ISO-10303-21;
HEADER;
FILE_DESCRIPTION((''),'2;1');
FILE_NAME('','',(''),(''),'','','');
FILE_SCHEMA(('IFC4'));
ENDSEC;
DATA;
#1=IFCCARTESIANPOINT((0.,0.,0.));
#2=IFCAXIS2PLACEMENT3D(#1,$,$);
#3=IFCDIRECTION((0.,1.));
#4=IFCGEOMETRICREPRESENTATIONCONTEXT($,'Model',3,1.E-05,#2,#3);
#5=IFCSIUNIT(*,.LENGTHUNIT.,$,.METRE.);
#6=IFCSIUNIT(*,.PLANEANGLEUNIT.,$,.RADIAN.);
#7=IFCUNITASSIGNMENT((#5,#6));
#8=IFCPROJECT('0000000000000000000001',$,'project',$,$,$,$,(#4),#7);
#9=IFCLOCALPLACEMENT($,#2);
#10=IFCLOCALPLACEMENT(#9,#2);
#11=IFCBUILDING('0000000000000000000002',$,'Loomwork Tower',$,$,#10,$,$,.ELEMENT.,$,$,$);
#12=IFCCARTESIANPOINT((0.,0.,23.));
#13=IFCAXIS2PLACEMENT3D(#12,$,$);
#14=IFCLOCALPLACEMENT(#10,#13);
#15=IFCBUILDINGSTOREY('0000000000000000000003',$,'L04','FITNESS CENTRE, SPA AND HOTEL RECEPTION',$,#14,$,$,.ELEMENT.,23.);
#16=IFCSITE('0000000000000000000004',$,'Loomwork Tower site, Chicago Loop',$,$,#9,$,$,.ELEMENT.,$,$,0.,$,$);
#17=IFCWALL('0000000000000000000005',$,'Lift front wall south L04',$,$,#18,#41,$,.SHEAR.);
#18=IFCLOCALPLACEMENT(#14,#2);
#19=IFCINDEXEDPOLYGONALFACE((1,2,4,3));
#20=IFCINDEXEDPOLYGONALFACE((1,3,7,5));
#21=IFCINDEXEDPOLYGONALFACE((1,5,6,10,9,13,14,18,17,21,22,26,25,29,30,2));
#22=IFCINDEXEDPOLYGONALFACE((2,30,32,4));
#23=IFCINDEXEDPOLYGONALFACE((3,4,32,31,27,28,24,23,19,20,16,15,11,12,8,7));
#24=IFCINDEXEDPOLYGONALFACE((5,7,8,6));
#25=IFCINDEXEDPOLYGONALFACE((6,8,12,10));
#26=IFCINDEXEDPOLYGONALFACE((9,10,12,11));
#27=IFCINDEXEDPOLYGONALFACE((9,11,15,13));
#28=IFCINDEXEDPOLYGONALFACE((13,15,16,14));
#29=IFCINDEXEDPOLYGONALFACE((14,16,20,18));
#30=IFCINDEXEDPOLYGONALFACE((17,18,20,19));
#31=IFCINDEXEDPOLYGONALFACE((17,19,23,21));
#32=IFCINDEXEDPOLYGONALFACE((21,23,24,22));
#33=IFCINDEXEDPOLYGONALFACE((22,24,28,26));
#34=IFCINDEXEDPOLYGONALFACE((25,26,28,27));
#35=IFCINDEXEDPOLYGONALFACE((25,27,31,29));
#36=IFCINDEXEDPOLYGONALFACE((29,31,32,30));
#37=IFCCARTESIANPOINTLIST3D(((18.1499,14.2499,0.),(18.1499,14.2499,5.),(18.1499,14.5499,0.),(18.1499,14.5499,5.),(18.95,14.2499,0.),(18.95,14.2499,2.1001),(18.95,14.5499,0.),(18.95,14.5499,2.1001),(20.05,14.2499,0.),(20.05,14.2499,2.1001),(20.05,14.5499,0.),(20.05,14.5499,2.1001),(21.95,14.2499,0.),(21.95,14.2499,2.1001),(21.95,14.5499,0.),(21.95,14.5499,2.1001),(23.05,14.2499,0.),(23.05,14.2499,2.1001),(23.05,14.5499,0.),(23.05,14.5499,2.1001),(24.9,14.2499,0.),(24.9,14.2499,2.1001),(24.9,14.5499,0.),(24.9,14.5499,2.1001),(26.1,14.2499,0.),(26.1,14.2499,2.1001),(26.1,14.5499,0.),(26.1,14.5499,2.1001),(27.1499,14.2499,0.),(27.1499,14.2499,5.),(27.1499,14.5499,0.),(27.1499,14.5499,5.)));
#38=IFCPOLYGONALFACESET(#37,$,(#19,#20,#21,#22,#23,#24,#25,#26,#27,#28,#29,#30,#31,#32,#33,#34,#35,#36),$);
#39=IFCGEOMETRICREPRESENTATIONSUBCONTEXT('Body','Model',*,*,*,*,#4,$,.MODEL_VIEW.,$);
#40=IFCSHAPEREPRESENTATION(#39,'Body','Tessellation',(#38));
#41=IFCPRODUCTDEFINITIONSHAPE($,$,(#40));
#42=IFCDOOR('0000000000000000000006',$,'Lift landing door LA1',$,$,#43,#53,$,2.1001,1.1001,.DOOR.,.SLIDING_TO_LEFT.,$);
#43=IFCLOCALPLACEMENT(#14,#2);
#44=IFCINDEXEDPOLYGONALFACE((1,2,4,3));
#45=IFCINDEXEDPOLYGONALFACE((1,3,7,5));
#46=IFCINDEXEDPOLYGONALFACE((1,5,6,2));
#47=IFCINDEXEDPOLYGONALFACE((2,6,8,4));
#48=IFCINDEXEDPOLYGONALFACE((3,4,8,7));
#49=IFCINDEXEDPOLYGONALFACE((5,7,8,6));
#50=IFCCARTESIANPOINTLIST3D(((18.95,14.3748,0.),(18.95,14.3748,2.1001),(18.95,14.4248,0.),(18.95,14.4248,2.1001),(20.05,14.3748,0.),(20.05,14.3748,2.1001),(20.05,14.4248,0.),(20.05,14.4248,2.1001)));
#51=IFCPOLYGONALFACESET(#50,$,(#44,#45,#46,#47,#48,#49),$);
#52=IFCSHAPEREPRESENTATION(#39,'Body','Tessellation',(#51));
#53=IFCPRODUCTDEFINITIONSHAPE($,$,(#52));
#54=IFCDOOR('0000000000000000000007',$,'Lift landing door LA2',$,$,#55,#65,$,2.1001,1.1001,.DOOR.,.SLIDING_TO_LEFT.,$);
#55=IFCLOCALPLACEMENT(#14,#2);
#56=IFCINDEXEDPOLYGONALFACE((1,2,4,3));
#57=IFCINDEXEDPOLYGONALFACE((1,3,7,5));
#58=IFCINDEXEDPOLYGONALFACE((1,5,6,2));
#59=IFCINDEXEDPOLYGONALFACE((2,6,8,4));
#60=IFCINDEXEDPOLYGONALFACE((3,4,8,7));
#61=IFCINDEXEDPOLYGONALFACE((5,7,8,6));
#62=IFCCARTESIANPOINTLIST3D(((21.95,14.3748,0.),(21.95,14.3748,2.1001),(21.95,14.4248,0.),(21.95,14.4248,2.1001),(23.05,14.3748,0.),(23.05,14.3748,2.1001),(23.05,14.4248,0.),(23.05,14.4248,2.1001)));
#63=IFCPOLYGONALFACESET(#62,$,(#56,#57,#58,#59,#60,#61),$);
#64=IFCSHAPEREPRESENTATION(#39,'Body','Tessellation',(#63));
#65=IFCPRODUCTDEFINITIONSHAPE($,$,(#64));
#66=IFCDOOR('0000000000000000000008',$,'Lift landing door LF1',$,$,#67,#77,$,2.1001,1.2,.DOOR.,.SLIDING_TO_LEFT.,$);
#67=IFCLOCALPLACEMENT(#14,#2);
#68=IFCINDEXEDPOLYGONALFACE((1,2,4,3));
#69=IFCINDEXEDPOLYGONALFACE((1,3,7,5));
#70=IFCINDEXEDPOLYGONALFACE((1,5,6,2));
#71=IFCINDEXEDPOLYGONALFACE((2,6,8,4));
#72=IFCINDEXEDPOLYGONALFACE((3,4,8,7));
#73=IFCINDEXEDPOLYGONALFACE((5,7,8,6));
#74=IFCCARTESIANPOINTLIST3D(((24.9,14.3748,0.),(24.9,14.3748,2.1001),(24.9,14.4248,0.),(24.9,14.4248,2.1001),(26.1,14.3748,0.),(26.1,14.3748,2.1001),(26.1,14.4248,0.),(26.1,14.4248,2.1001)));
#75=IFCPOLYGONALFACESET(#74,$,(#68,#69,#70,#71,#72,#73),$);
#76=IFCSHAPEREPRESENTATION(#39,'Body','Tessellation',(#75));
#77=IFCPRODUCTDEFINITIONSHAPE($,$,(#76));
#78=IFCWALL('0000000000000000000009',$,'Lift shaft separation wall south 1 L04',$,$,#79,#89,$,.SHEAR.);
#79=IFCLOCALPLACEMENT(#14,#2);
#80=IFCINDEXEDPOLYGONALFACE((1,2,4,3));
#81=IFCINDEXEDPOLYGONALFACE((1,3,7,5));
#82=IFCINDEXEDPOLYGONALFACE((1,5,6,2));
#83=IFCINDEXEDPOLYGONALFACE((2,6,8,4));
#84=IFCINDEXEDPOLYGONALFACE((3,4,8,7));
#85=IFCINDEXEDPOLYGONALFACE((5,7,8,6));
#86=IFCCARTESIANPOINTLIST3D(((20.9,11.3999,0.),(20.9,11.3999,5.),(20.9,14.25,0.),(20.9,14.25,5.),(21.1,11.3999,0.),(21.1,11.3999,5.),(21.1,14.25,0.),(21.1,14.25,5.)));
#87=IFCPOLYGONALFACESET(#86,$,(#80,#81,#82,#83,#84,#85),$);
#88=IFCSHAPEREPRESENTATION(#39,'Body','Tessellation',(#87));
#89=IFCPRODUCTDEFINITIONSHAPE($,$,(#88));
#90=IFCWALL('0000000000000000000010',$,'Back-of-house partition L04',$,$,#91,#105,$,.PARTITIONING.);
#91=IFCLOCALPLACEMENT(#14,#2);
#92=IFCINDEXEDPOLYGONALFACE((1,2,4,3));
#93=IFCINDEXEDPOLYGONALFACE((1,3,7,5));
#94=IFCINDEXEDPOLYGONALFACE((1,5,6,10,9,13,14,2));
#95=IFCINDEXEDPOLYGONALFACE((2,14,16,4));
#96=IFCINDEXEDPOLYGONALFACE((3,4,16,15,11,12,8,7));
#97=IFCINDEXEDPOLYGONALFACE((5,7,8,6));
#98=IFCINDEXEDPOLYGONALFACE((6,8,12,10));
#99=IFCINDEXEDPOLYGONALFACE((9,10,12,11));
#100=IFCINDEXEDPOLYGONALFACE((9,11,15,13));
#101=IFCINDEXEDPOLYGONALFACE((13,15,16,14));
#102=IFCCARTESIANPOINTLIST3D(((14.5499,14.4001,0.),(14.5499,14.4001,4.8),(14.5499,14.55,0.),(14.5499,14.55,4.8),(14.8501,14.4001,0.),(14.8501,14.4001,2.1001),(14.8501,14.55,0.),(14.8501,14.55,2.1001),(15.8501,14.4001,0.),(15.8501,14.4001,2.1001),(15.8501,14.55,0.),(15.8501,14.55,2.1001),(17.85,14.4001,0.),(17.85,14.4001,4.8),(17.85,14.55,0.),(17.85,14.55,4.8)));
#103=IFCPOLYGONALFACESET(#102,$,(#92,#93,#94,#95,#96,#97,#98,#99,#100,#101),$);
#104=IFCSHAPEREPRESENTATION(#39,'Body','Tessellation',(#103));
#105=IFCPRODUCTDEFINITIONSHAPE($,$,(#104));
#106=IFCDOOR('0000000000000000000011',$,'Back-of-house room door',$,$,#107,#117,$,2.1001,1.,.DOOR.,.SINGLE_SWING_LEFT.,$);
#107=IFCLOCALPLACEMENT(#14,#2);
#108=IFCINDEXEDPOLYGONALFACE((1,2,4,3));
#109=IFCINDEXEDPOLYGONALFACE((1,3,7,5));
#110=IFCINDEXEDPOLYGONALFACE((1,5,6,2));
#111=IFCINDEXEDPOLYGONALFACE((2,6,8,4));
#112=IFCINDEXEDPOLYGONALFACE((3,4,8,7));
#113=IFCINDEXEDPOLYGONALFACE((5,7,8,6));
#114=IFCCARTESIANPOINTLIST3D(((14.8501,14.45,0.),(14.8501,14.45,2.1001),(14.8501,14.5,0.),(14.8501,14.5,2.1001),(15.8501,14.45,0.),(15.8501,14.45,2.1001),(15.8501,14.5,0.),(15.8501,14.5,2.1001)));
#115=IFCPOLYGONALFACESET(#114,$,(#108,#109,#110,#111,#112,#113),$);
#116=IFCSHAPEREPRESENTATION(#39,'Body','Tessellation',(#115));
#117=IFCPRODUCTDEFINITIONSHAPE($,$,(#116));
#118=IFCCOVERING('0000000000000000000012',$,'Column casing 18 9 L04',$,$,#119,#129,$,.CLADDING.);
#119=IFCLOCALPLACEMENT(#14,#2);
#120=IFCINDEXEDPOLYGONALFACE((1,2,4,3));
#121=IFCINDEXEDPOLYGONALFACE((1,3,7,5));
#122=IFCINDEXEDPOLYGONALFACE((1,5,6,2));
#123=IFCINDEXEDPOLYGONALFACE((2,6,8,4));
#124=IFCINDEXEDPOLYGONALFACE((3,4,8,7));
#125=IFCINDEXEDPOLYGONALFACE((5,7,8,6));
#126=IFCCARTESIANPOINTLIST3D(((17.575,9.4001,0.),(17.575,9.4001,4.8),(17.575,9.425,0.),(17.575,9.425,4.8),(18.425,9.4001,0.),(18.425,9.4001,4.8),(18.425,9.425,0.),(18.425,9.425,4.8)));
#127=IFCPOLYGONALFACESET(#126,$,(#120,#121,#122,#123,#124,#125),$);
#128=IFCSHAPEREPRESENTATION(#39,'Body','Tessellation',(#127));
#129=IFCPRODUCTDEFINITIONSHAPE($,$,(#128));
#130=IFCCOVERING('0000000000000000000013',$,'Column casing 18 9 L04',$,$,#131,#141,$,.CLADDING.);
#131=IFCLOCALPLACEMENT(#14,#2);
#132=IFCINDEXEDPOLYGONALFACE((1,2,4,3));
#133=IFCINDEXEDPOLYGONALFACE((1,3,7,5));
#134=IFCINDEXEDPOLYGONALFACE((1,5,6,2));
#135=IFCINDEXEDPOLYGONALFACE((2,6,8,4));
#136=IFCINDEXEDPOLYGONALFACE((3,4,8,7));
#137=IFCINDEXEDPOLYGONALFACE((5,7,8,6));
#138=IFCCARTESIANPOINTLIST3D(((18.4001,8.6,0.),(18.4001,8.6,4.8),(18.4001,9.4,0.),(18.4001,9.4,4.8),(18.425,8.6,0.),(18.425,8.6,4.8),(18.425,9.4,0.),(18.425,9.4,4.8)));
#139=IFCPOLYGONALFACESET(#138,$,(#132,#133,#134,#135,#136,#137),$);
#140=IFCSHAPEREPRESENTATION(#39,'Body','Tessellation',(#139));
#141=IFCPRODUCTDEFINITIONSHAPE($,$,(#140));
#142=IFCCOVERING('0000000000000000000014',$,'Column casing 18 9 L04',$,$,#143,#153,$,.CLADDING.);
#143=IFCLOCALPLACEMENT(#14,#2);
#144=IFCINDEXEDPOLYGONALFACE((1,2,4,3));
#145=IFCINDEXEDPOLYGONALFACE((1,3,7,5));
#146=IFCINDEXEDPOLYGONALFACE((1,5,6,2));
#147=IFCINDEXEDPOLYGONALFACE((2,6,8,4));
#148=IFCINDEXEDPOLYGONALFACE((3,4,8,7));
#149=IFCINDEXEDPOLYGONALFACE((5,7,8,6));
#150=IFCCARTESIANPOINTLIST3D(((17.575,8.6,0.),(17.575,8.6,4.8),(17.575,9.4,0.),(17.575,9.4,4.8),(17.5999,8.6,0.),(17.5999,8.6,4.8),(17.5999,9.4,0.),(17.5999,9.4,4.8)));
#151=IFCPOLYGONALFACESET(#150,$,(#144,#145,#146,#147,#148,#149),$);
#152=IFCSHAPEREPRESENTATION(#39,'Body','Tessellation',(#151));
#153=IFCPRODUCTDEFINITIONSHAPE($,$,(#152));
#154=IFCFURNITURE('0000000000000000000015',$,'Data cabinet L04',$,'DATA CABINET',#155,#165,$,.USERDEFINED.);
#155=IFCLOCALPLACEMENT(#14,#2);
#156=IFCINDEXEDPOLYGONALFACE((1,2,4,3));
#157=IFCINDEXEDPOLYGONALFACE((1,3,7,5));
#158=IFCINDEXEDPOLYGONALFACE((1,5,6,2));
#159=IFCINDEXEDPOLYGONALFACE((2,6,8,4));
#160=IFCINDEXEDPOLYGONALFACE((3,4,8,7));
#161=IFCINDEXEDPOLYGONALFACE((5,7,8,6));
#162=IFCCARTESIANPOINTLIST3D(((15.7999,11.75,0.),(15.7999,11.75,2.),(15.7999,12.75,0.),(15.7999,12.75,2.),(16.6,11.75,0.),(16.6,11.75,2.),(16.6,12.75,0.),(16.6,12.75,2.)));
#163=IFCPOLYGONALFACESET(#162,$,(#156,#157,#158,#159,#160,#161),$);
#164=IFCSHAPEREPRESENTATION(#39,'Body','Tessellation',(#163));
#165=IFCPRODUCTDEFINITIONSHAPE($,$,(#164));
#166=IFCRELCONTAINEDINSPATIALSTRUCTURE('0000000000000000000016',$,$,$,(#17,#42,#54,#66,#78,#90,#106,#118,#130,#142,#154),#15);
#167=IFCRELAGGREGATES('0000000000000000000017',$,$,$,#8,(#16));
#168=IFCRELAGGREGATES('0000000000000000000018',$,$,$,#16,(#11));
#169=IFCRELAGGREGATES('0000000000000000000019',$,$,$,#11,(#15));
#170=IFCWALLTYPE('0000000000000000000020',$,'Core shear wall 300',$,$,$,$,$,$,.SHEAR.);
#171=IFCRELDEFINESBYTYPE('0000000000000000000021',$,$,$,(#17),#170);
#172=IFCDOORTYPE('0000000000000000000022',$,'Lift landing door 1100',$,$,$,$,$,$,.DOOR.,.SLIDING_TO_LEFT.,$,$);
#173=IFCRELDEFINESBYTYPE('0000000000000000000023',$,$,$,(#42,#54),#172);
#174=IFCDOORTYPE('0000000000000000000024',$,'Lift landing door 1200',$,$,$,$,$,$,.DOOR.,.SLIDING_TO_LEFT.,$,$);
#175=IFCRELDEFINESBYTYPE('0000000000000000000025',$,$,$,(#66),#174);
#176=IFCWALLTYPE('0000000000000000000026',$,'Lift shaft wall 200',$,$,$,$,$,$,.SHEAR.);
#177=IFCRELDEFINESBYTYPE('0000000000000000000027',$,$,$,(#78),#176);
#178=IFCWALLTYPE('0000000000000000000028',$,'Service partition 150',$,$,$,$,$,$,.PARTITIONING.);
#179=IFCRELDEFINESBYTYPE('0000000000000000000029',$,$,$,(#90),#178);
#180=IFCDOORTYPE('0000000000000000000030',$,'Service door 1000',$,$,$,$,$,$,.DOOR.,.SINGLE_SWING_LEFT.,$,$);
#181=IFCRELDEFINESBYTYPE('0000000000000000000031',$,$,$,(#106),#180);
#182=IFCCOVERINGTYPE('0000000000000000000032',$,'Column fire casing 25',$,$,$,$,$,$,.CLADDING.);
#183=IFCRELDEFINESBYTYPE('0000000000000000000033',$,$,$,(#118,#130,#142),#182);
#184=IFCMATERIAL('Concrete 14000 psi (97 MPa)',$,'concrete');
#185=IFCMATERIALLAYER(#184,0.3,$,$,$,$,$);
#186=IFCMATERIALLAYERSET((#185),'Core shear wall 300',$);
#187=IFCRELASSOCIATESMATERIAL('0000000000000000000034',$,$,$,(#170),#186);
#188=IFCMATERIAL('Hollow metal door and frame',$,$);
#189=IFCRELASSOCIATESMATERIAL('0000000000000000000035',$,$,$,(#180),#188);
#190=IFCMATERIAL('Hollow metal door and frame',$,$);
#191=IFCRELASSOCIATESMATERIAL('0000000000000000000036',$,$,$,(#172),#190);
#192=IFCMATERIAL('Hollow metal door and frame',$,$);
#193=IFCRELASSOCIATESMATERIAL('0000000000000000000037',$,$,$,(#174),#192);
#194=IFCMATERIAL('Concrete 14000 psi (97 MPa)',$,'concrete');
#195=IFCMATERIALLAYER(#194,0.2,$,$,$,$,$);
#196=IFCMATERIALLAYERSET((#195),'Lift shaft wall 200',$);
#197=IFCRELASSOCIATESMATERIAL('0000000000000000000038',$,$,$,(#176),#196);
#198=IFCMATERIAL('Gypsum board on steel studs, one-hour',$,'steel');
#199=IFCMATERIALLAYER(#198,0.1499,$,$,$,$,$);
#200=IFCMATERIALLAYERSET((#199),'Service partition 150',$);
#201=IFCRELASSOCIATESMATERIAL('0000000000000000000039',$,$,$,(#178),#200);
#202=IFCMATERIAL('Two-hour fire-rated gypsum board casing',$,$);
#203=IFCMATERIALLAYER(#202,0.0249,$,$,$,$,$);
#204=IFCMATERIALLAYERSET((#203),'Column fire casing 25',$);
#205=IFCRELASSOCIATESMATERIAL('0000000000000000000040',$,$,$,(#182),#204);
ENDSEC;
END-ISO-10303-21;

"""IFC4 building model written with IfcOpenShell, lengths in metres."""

from ifc_helpers import new_model, si_unit, direction, frame, frame_2d, origin, origin_2d, place, context, subcontext, project, spatial, rectangle, extrude, material, layer, layer_set, type_object, element, fill, save


model = new_model("IFC4")

# Units and contexts
model_context = context("Model", 3, precision=1e-05, world=origin(), true_north=direction((0.0, 1.0)))
body_context = subcontext(model_context, "Body", "Model", "MODEL_VIEW")
ifc_project = project(units=[si_unit("LENGTHUNIT", "METRE"), si_unit("PLANEANGLEUNIT", "RADIAN")], contexts=[model_context])

# Site, building, storey
site_placement = place(None, origin())
site = spatial("IfcSite", under=ifc_project, at=site_placement, Name="Loomwork Tower site, Chicago Loop", CompositionType="ELEMENT", RefElevation=0.0)
building_placement = place(site_placement, origin())
building = spatial("IfcBuilding", under=site, at=building_placement, Name="Loomwork Tower", CompositionType="ELEMENT")
storey_placement = place(building_placement, frame((0.0, 0.0, 23.0)))
storey = spatial("IfcBuildingStorey", under=building, at=storey_placement, Name="L04", Description="FITNESS CENTRE, SPA AND HOTEL RECEPTION", CompositionType="ELEMENT", Elevation=23.0)

# Wall, openings, doors
ifc_material_1 = material(Name="Concrete 14000 psi (97 MPa)", Category="concrete")
ifc_layer_1 = layer(ifc_material_1, 0.3)
ifc_layer_set_1 = layer_set([ifc_layer_1], Name="Core shear wall 300")
wall_type_1 = type_object("IfcWallType", Name="Core shear wall 300", PredefinedType="SHEAR", material=ifc_layer_set_1)
ifc_material_2 = material(Name="Hollow metal door and frame")
door_type_1 = type_object("IfcDoorType", Name="Service door 1000", OperationType="SINGLE_SWING_LEFT", PredefinedType="DOOR", material=ifc_material_2)
wall_1_placement = place(storey_placement, frame((18.1499, 14.3999, 0.0), z_axis=(0.0, 0.0, 1.0), x_axis=(1.0, 0.0, 0.0)))
wall_1 = element("IfcWall", 1, at=wall_1_placement, inside=storey, type_object=wall_type_1, Name="Lift front wall south L04", PredefinedType="SHEAR", context=body_context, shape_type="SweptSolid", body=[
    extrude(rectangle(XDim=9.0, YDim=0.3, at=frame_2d((4.5, 0.0))), origin(), (0.0, 0.0, 1.0), 5.0),
])
opening_1_placement = place(wall_1_placement, frame((0.8, 0.0, 0.0)))
opening_1 = element("IfcOpeningElement", 2, at=opening_1_placement, cuts=wall_1, PredefinedType="OPENING", context=body_context, shape_type="SweptSolid", body=[
    extrude(rectangle(XDim=1.1001, YDim=2.1001, at=frame_2d((0.55, 1.05))), frame((0.0, 0.1599, 0.0), z_axis=(0.0, -1.0, 0.0), x_axis=(1.0, 0.0, 0.0)), (0.0, 0.0, 1.0), 0.3201),
])
opening_2_placement = place(wall_1_placement, frame((3.8, 0.0, 0.0)))
opening_2 = element("IfcOpeningElement", 3, at=opening_2_placement, cuts=wall_1, PredefinedType="OPENING", context=body_context, shape_type="SweptSolid", body=[
    extrude(rectangle(XDim=1.1001, YDim=2.1001, at=frame_2d((0.55, 1.05))), frame((0.0, 0.1599, 0.0), z_axis=(0.0, -1.0, 0.0), x_axis=(1.0, 0.0, 0.0)), (0.0, 0.0, 1.0), 0.3201),
])
opening_3_placement = place(wall_1_placement, frame((6.75, 0.0, 0.0)))
opening_3 = element("IfcOpeningElement", 4, at=opening_3_placement, cuts=wall_1, PredefinedType="OPENING", context=body_context, shape_type="SweptSolid", body=[
    extrude(rectangle(XDim=1.2, YDim=2.1001, at=frame_2d((0.6001, 1.05))), frame((0.0, 0.1599, 0.0), z_axis=(0.0, -1.0, 0.0), x_axis=(1.0, 0.0, 0.0)), (0.0, 0.0, 1.0), 0.3201),
])
ifc_material_3 = material(Name="Hollow metal door and frame")
door_type_2 = type_object("IfcDoorType", Name="Lift landing door 1100", OperationType="SLIDING_TO_LEFT", PredefinedType="DOOR", material=ifc_material_3)
door_1_placement = place(opening_1_placement, origin())
door_1 = element("IfcDoor", 5, at=door_1_placement, inside=storey, type_object=door_type_2, Name="Lift landing door LA1", OperationType="SLIDING_TO_LEFT", OverallHeight=2.1001, OverallWidth=1.1001, PredefinedType="DOOR", context=body_context, shape_type="SweptSolid", body=[
    extrude(rectangle(XDim=1.1001, YDim=2.1001, at=frame_2d((0.55, 1.05))), frame((0.0, 0.0249, 0.0), z_axis=(0.0, -1.0, 0.0), x_axis=(1.0, 0.0, 0.0)), (0.0, 0.0, 1.0), 0.05),
])
fill(opening_1, door_1)
door_2_placement = place(opening_2_placement, origin())
door_2 = element("IfcDoor", 6, at=door_2_placement, inside=storey, type_object=door_type_2, Name="Lift landing door LA2", OperationType="SLIDING_TO_LEFT", OverallHeight=2.1001, OverallWidth=1.1001, PredefinedType="DOOR", context=body_context, shape_type="SweptSolid", body=[
    extrude(rectangle(XDim=1.1001, YDim=2.1001, at=frame_2d((0.55, 1.05))), frame((0.0, 0.0249, 0.0), z_axis=(0.0, -1.0, 0.0), x_axis=(1.0, 0.0, 0.0)), (0.0, 0.0, 1.0), 0.05),
])
fill(opening_2, door_2)
ifc_material_4 = material(Name="Hollow metal door and frame")
door_type_3 = type_object("IfcDoorType", Name="Lift landing door 1200", OperationType="SLIDING_TO_LEFT", PredefinedType="DOOR", material=ifc_material_4)
door_3_placement = place(opening_3_placement, origin())
door_3 = element("IfcDoor", 7, at=door_3_placement, inside=storey, type_object=door_type_3, Name="Lift landing door LF1", OperationType="SLIDING_TO_LEFT", OverallHeight=2.1001, OverallWidth=1.2, PredefinedType="DOOR", context=body_context, shape_type="SweptSolid", body=[
    extrude(rectangle(XDim=1.2, YDim=2.1001, at=frame_2d((0.6001, 1.05))), frame((0.0, 0.0249, 0.0), z_axis=(0.0, -1.0, 0.0), x_axis=(1.0, 0.0, 0.0)), (0.0, 0.0, 1.0), 0.05),
])
fill(opening_3, door_3)

# Wall
ifc_material_5 = material(Name="Concrete 14000 psi (97 MPa)", Category="concrete")
ifc_layer_2 = layer(ifc_material_5, 0.2)
ifc_layer_set_2 = layer_set([ifc_layer_2], Name="Lift shaft wall 200")
wall_type_2 = type_object("IfcWallType", Name="Lift shaft wall 200", PredefinedType="SHEAR", material=ifc_layer_set_2)
wall_2_placement = place(storey_placement, frame((21.0, 11.3999, 0.0), z_axis=(0.0, 0.0, 1.0), x_axis=(0.0, 1.0, 0.0)))
element("IfcWall", 8, at=wall_2_placement, inside=storey, type_object=wall_type_2, Name="Lift shaft separation wall south 1 L04", PredefinedType="SHEAR", context=body_context, shape_type="SweptSolid", body=[
    extrude(rectangle(XDim=2.8501, YDim=0.2, at=frame_2d((1.425, 0.0))), origin(), (0.0, 0.0, 1.0), 5.0),
])

# Wall, opening, door
ifc_material_6 = material(Name="Gypsum board on steel studs, one-hour", Category="steel")
ifc_layer_3 = layer(ifc_material_6, 0.1499)
ifc_layer_set_3 = layer_set([ifc_layer_3], Name="Service partition 150")
wall_type_3 = type_object("IfcWallType", Name="Service partition 150", PredefinedType="PARTITIONING", material=ifc_layer_set_3)
wall_3_placement = place(storey_placement, frame((14.55, 14.4751, 0.0), z_axis=(0.0, 0.0, 1.0), x_axis=(1.0, 0.0, 0.0)))
wall_3 = element("IfcWall", 9, at=wall_3_placement, inside=storey, type_object=wall_type_3, Name="Back-of-house partition L04", PredefinedType="PARTITIONING", context=body_context, shape_type="SweptSolid", body=[
    extrude(rectangle(XDim=3.3, YDim=0.1499, at=frame_2d((1.6499, 0.0))), origin(), (0.0, 0.0, 1.0), 4.8),
])
opening_4_placement = place(wall_3_placement, frame((0.3, 0.0, 0.0)))
opening_4 = element("IfcOpeningElement", 10, at=opening_4_placement, cuts=wall_3, PredefinedType="OPENING", context=body_context, shape_type="SweptSolid", body=[
    extrude(rectangle(XDim=1.0, YDim=2.1001, at=frame_2d((0.5, 1.05))), frame((0.0, 0.085, 0.0), z_axis=(0.0, -1.0, 0.0), x_axis=(1.0, 0.0, 0.0)), (0.0, 0.0, 1.0), 0.1699),
])
door_4_placement = place(opening_4_placement, origin())
door_4 = element("IfcDoor", 11, at=door_4_placement, inside=storey, type_object=door_type_1, Name="Back-of-house room door", OperationType="SINGLE_SWING_LEFT", OverallHeight=2.1001, OverallWidth=1.0, PredefinedType="DOOR", context=body_context, shape_type="SweptSolid", body=[
    extrude(rectangle(XDim=1.0, YDim=2.1001, at=frame_2d((0.5, 1.05))), frame((0.0, 0.0249, 0.0), z_axis=(0.0, -1.0, 0.0), x_axis=(1.0, 0.0, 0.0)), (0.0, 0.0, 1.0), 0.05),
])
fill(opening_4, door_4)

# Coverings
ifc_material_7 = material(Name="Two-hour fire-rated gypsum board casing")
ifc_layer_4 = layer(ifc_material_7, 0.0249)
ifc_layer_set_4 = layer_set([ifc_layer_4], Name="Column fire casing 25")
covering_type = type_object("IfcCoveringType", Name="Column fire casing 25", PredefinedType="CLADDING", material=ifc_layer_set_4)
covering_placement = place(storey_placement, frame((18.0, 9.4126, 0.0), z_axis=(0.0, 0.0, 1.0), x_axis=(1.0, 0.0, 0.0)))
element("IfcCovering", 12, at=covering_placement, inside=storey, type_object=covering_type, Name="Column casing 18 9 L04", PredefinedType="CLADDING", context=body_context, shape_type="SweptSolid", body=[
    extrude(rectangle(XDim=0.8501, YDim=0.0249, at=origin_2d()), origin(), (0.0, 0.0, 1.0), 4.8),
])
for number, where, z_axis, x_axis, name in (
    (13, (18.4126, 9.0, 0.0), (0.0, 0.0, 1.0), (1.0, 0.0, 0.0), "Column casing 18 9 L04"),
    (14, (17.5874, 9.0, 0.0), (0.0, 0.0, 1.0), (1.0, 0.0, 0.0), "Column casing 18 9 L04"),
):
    element("IfcCovering", number, at=place(storey_placement, frame(where, z_axis=z_axis, x_axis=x_axis)), inside=storey, type_object=covering_type, Name=name, PredefinedType="CLADDING", context=body_context, shape_type="SweptSolid", body=[
        extrude(rectangle(XDim=0.0249, YDim=0.8, at=origin_2d()), origin(), (0.0, 0.0, 1.0), 4.8),
    ])

# Furniture
furniture_placement = place(storey_placement, frame((16.2, 12.25, 0.0), z_axis=(0.0, 0.0, 1.0), x_axis=(1.0, 0.0, 0.0)))
element("IfcFurniture", 15, at=furniture_placement, inside=storey, Name="Data cabinet L04", ObjectType="DATA CABINET", PredefinedType="USERDEFINED", context=body_context, shape_type="SweptSolid", body=[
    extrude(rectangle(XDim=0.8, YDim=1.0, at=origin_2d()), origin(), (0.0, 0.0, 1.0), 2.0),
])

save(model, "model.ifc")
